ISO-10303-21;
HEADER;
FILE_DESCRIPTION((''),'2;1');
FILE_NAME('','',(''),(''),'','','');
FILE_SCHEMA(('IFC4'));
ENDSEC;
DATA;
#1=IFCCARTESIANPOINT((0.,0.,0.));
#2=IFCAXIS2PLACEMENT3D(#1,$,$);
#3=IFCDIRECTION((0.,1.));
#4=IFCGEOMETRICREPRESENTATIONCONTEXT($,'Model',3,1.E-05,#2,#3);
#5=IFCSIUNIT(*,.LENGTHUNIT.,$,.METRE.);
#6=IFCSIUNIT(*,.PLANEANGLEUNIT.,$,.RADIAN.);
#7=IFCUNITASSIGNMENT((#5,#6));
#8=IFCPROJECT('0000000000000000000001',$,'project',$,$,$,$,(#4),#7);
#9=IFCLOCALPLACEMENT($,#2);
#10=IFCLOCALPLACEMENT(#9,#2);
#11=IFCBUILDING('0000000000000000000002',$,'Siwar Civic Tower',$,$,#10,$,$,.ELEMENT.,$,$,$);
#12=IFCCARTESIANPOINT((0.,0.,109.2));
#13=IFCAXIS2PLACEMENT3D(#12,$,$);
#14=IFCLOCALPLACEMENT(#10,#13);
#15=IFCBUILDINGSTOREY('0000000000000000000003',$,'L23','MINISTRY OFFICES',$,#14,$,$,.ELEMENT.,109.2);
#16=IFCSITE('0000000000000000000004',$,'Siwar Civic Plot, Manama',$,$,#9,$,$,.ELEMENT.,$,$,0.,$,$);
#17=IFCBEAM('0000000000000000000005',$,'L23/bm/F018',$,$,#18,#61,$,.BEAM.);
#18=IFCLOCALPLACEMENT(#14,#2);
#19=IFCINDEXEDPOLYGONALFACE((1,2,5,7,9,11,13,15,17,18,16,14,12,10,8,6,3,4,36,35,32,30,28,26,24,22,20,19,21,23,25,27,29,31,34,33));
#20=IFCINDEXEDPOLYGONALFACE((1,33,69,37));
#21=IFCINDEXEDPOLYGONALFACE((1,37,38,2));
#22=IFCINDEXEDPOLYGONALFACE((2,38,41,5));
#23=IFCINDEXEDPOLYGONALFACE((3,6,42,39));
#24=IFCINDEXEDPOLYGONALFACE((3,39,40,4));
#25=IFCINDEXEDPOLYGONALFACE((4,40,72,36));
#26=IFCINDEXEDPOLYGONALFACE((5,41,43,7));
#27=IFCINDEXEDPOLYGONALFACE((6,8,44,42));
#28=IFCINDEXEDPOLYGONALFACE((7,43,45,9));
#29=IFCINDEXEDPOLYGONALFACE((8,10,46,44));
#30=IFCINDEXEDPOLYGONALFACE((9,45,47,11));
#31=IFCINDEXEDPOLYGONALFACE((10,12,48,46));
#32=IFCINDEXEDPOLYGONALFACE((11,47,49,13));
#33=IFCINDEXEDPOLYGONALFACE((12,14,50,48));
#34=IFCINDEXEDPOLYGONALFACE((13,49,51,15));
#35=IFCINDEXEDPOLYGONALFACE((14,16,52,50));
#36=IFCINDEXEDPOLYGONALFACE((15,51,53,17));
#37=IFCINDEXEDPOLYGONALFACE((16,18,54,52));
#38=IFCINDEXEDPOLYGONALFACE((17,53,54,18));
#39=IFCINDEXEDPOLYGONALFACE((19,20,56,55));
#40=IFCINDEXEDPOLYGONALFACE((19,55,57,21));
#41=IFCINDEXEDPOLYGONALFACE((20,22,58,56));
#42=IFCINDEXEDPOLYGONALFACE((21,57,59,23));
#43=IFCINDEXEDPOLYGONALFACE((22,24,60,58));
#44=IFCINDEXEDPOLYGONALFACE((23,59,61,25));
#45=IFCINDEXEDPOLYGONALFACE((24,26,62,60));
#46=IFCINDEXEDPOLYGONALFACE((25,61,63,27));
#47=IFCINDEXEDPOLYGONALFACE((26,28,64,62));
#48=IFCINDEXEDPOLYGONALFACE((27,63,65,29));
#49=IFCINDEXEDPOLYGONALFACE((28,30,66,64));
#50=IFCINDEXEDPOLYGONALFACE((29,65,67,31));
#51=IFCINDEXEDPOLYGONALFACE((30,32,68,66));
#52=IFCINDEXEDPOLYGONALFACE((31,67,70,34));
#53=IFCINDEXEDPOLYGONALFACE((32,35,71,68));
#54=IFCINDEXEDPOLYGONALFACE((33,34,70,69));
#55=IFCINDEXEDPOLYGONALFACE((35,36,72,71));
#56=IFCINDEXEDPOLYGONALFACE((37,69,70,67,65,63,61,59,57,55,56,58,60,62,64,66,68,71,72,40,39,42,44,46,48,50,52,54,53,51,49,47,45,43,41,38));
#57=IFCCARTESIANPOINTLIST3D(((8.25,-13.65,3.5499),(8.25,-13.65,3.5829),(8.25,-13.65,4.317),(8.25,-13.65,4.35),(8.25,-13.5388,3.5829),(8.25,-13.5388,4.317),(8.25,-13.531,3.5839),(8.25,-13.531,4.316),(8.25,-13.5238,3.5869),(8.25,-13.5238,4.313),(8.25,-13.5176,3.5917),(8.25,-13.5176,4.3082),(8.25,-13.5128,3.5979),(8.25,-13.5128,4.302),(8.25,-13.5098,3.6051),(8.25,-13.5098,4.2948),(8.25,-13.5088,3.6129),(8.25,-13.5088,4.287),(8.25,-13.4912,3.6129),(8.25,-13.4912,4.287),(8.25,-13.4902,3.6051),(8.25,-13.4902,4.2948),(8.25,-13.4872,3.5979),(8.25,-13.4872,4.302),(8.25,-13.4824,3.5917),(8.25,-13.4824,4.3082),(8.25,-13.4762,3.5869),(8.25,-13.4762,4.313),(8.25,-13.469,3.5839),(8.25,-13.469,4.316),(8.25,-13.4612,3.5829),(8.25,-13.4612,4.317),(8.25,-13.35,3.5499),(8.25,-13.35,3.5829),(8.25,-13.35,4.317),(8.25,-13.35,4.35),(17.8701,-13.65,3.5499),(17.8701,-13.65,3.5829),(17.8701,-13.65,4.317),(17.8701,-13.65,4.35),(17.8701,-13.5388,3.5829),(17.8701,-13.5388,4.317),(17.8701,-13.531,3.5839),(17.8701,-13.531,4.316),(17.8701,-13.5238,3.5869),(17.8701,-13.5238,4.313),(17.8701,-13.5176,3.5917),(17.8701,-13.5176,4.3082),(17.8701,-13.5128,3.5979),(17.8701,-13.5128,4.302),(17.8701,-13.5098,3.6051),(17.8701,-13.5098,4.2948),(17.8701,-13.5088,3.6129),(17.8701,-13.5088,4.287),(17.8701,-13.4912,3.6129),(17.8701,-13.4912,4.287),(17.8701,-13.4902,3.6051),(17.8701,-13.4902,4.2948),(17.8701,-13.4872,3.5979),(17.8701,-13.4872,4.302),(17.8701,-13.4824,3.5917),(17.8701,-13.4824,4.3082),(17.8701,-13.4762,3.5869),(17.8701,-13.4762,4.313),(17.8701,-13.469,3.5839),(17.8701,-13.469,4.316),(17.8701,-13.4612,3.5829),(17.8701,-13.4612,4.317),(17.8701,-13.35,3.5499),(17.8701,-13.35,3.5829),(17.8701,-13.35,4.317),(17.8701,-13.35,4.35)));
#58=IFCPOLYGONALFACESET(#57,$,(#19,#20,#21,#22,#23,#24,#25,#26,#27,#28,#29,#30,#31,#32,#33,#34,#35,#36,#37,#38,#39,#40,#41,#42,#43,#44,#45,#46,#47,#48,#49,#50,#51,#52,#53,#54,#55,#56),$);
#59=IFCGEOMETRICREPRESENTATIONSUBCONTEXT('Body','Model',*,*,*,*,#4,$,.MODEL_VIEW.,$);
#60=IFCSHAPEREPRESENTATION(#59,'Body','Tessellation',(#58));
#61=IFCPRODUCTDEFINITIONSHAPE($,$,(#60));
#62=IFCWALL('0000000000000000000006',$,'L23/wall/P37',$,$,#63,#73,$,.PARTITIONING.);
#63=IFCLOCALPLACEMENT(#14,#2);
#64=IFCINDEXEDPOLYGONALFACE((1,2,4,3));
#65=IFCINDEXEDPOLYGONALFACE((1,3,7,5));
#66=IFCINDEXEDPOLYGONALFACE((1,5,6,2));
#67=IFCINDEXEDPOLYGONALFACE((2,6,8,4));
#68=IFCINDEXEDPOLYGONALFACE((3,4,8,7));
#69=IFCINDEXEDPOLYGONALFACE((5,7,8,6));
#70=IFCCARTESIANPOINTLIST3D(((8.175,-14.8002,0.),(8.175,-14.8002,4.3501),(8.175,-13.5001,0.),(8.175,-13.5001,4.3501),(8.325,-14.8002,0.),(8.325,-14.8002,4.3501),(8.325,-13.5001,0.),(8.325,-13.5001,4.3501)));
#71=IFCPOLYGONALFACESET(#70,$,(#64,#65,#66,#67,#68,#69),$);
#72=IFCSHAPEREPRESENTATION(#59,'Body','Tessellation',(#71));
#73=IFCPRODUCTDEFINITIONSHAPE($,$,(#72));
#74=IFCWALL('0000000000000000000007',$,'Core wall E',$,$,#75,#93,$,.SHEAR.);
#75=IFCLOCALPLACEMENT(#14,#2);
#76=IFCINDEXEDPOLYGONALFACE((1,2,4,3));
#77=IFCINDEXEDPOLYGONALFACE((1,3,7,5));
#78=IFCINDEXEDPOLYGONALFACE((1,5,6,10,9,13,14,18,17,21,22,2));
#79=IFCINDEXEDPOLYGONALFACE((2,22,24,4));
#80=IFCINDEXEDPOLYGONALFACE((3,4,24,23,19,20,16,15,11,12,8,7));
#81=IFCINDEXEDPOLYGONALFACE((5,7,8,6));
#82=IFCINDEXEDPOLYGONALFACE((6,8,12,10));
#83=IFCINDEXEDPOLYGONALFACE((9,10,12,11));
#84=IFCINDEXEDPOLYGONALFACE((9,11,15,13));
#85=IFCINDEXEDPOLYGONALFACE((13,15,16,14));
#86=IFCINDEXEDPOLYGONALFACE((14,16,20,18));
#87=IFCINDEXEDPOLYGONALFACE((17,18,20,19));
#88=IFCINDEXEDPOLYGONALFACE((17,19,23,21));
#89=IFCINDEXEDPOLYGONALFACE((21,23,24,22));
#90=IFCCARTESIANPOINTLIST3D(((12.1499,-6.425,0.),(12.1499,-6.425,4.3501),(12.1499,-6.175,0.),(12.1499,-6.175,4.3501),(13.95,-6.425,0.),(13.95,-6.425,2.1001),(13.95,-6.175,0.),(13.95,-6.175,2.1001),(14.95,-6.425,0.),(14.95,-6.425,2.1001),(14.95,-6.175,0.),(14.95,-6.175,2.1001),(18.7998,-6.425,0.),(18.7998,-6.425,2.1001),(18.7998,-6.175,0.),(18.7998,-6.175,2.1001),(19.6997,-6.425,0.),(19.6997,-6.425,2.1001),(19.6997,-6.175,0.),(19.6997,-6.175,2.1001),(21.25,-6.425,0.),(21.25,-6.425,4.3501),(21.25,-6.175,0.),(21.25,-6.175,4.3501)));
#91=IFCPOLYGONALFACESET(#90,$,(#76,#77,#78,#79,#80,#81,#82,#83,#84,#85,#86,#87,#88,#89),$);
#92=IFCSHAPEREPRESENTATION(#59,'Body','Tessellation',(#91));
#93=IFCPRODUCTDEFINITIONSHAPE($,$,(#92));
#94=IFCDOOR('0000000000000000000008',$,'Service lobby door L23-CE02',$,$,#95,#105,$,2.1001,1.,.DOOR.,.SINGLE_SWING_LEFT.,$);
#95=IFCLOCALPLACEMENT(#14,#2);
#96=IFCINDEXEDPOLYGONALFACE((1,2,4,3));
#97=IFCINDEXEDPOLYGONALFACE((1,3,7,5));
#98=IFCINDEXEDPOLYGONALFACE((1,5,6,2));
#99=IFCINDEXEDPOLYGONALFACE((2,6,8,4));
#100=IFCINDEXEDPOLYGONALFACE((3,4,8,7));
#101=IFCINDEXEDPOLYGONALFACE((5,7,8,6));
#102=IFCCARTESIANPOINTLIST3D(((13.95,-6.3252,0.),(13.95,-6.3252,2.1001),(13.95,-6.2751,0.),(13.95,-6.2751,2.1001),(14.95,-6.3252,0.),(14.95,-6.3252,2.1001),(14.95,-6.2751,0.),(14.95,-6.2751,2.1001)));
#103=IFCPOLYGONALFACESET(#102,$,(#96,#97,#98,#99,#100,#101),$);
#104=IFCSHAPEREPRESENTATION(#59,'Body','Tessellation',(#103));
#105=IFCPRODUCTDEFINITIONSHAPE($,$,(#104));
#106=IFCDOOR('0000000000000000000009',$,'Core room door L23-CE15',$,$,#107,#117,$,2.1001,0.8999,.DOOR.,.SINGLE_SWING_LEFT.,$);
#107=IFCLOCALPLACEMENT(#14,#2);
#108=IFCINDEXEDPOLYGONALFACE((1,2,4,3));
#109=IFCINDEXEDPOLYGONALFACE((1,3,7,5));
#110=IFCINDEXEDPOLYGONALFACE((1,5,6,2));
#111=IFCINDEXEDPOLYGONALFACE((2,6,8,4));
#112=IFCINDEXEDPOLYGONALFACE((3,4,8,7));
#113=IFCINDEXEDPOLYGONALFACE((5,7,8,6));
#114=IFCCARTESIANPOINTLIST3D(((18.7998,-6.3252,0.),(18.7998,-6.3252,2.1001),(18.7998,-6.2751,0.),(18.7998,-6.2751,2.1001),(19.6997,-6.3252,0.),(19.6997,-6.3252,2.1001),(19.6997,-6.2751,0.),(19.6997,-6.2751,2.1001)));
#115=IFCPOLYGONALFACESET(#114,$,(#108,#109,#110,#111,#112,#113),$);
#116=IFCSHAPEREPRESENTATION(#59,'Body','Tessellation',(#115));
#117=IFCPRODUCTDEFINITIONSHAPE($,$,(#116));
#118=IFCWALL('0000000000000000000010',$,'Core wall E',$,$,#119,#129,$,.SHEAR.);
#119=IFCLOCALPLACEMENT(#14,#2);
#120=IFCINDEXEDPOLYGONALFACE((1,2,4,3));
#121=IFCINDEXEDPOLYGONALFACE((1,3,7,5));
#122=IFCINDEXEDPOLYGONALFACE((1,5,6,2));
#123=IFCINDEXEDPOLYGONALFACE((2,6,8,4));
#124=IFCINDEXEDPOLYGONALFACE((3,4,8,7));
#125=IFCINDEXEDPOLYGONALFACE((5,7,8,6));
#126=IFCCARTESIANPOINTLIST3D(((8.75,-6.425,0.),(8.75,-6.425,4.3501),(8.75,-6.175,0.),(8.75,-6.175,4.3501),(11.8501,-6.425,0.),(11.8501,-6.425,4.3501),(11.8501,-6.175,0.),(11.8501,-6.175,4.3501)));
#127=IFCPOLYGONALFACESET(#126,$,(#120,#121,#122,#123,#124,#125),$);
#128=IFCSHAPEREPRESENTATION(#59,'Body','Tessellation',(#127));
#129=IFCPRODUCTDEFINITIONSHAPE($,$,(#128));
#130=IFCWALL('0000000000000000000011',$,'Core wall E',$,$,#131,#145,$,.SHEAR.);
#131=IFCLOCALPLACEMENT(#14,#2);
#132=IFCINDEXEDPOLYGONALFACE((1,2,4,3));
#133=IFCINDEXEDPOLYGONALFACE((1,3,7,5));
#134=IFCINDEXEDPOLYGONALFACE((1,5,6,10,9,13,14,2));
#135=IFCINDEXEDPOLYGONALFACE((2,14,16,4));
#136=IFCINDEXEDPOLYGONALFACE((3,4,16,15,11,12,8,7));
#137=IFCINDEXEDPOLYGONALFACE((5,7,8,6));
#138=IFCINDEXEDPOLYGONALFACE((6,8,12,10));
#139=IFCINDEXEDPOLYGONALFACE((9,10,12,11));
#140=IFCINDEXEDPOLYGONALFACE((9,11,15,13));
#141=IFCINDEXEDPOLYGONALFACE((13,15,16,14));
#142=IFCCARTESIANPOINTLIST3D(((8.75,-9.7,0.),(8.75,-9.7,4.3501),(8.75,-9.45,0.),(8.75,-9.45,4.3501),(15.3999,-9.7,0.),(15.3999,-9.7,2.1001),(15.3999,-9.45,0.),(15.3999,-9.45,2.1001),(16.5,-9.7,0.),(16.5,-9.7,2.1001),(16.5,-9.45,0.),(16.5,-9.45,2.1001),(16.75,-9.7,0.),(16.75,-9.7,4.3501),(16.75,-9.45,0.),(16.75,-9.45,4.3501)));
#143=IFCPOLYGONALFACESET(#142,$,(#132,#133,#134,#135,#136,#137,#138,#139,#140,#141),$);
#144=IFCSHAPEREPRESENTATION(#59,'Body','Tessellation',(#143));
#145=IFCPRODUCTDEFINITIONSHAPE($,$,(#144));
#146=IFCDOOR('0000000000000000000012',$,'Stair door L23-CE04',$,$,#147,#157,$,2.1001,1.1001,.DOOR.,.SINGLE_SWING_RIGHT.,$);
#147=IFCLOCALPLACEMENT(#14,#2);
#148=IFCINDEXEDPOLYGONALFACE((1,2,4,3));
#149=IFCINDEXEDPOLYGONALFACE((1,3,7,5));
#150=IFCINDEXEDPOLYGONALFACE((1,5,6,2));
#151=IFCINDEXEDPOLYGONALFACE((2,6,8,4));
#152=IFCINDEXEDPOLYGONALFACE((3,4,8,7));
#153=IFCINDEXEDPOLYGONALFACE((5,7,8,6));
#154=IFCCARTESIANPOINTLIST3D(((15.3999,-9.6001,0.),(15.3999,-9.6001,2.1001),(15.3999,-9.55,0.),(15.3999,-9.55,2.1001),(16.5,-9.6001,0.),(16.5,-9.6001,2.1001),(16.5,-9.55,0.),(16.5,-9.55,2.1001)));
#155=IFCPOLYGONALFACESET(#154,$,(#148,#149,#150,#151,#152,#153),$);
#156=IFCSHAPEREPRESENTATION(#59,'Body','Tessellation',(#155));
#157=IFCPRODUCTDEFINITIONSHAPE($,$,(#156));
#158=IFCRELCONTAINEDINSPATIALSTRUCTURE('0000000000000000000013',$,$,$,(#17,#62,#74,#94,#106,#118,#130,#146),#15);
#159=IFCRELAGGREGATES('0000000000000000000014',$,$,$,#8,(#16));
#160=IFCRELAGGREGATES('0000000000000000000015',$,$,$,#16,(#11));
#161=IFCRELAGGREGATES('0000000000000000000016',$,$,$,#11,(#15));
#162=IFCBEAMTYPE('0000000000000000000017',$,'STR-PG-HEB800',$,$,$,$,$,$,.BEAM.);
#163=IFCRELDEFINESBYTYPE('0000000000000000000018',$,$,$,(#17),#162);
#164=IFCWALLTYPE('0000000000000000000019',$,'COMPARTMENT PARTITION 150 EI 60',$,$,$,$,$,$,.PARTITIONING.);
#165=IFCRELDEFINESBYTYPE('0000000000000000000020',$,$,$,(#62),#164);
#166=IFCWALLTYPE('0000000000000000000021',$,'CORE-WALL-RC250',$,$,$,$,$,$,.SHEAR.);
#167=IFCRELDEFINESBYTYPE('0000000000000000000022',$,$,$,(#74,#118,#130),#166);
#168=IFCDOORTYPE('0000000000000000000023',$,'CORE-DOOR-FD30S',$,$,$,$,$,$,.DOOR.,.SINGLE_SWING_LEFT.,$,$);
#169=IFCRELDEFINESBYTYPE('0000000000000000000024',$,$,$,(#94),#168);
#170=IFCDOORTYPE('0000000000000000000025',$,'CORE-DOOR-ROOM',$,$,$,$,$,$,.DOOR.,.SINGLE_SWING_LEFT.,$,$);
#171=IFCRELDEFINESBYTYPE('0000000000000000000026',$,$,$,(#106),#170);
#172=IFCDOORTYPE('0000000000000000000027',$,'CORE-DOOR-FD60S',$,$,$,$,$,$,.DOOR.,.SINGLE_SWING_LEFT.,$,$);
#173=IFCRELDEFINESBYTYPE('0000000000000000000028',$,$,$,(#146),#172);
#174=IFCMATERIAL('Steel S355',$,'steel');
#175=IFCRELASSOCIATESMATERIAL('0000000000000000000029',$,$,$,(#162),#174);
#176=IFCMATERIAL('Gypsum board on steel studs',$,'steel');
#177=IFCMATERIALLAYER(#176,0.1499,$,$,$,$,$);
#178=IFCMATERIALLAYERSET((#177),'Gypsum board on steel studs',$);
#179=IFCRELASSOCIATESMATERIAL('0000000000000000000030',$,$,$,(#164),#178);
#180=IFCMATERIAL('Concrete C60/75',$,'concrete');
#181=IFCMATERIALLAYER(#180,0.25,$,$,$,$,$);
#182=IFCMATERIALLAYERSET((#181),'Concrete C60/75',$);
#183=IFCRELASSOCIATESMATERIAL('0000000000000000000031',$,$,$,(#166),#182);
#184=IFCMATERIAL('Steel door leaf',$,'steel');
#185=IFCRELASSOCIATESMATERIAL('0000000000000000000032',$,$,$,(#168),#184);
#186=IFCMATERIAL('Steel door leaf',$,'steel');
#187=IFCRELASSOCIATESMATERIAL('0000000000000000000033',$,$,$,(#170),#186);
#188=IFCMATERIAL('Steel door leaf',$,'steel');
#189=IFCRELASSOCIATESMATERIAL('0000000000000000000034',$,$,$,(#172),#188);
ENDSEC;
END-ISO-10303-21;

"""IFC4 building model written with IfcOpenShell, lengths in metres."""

from ifc_helpers import new_model, si_unit, direction, frame, frame_2d, origin, origin_2d, place, context, subcontext, project, spatial, rectangle, i_section, extrude, material, layer, layer_set, material_profile, profile_set, type_object, element, fill, save


model = new_model("IFC4")

# Units and contexts
model_context = context("Model", 3, precision=1e-05, world=origin(), true_north=direction((0.0, 1.0)))
body_context = subcontext(model_context, "Body", "Model", "MODEL_VIEW")
ifc_project = project(units=[si_unit("LENGTHUNIT", "METRE"), si_unit("PLANEANGLEUNIT", "RADIAN")], contexts=[model_context])

# Site, building, storey
site_placement = place(None, origin())
site = spatial("IfcSite", under=ifc_project, at=site_placement, Name="Siwar Civic Plot, Manama", CompositionType="ELEMENT", RefElevation=0.0)
building_placement = place(site_placement, origin())
building = spatial("IfcBuilding", under=site, at=building_placement, Name="Siwar Civic Tower", CompositionType="ELEMENT")
storey_placement = place(building_placement, frame((0.0, 0.0, 109.2)))
storey = spatial("IfcBuildingStorey", under=building, at=storey_placement, Name="L23", Description="MINISTRY OFFICES", CompositionType="ELEMENT", Elevation=109.2)

# Beam
ifc_material_1 = material(Name="Steel S355", Category="steel")
ifc_material_profile = material_profile(ifc_material_1, i_section(OverallWidth=0.3, OverallDepth=0.8, WebThickness=0.0176, FlangeThickness=0.033, FilletRadius=0.03, at=origin_2d()), Name="HEB800")
ifc_profile_set = profile_set([ifc_material_profile], Name="Steel S355")
beam_type = type_object("IfcBeamType", Name="STR-PG-HEB800", PredefinedType="BEAM", material=ifc_profile_set)
beam_placement = place(storey_placement, frame((8.25, -13.5, 3.95), z_axis=(1.0, 0.0, 0.0), x_axis=(0.0, 1.0, 0.0)))
element("IfcBeam", 1, at=beam_placement, inside=storey, type_object=beam_type, Name="L23/bm/F018", PredefinedType="BEAM", context=body_context, shape_type="SweptSolid", body=[
    extrude(i_section(OverallWidth=0.3, OverallDepth=0.8, WebThickness=0.0176, FlangeThickness=0.033, FilletRadius=0.03, at=origin_2d()), origin(), (0.0, 0.0, 1.0), 9.6201),
])

# Wall
ifc_material_2 = material(Name="Gypsum board on steel studs", Category="steel")
ifc_layer_1 = layer(ifc_material_2, 0.1499)
ifc_layer_set_1 = layer_set([ifc_layer_1], Name="Gypsum board on steel studs")
wall_type_1 = type_object("IfcWallType", Name="COMPARTMENT PARTITION 150 EI 60", PredefinedType="PARTITIONING", material=ifc_layer_set_1)
wall_1_placement = place(storey_placement, frame((8.25, -14.8, 0.0), z_axis=(0.0, 0.0, 1.0), x_axis=(0.0, 1.0, 0.0)))
element("IfcWall", 2, at=wall_1_placement, inside=storey, type_object=wall_type_1, Name="L23/wall/P37", PredefinedType="PARTITIONING", context=body_context, shape_type="SweptSolid", body=[
    extrude(rectangle(XDim=1.3, YDim=0.1499, at=frame_2d((0.6499, 0.0))), origin(), (0.0, 0.0, 1.0), 4.3501),
])

# Wall, openings, doors
ifc_material_3 = material(Name="Concrete C60/75", Category="concrete")
ifc_layer_2 = layer(ifc_material_3, 0.25)
ifc_layer_set_2 = layer_set([ifc_layer_2], Name="Concrete C60/75")
wall_type_2 = type_object("IfcWallType", Name="CORE-WALL-RC250", PredefinedType="SHEAR", material=ifc_layer_set_2)
wall_2_placement = place(storey_placement, frame((12.1499, -6.3, 0.0), z_axis=(0.0, 0.0, 1.0), x_axis=(1.0, 0.0, 0.0)))
wall_2 = element("IfcWall", 3, at=wall_2_placement, inside=storey, type_object=wall_type_2, Name="Core wall E", PredefinedType="SHEAR", context=body_context, shape_type="SweptSolid", body=[
    extrude(rectangle(XDim=9.1001, YDim=0.25, at=frame_2d((4.55, 0.0))), origin(), (0.0, 0.0, 1.0), 4.3501),
])
opening_1_placement = place(wall_2_placement, frame((1.8, 0.0, 0.0)))
opening_1 = element("IfcOpeningElement", 4, at=opening_1_placement, cuts=wall_2, PredefinedType="OPENING", context=body_context, shape_type="SweptSolid", body=[
    extrude(rectangle(XDim=1.0, YDim=2.1001, at=frame_2d((0.5, 1.05))), frame((0.0, 0.135, 0.0), z_axis=(0.0, -1.0, 0.0), x_axis=(1.0, 0.0, 0.0)), (0.0, 0.0, 1.0), 0.27),
])
opening_2_placement = place(wall_2_placement, frame((6.6499, 0.0, 0.0)))
opening_2 = element("IfcOpeningElement", 5, at=opening_2_placement, cuts=wall_2, PredefinedType="OPENING", context=body_context, shape_type="SweptSolid", body=[
    extrude(rectangle(XDim=0.8999, YDim=2.1001, at=frame_2d((0.45, 1.05))), frame((0.0, 0.135, 0.0), z_axis=(0.0, -1.0, 0.0), x_axis=(1.0, 0.0, 0.0)), (0.0, 0.0, 1.0), 0.27),
])
ifc_material_4 = material(Name="Steel door leaf", Category="steel")
door_type_1 = type_object("IfcDoorType", Name="CORE-DOOR-FD30S", OperationType="SINGLE_SWING_LEFT", PredefinedType="DOOR", material=ifc_material_4)
door_1_placement = place(opening_1_placement, origin())
door_1 = element("IfcDoor", 6, at=door_1_placement, inside=storey, type_object=door_type_1, Name="Service lobby door L23-CE02", OperationType="SINGLE_SWING_LEFT", OverallHeight=2.1001, OverallWidth=1.0, PredefinedType="DOOR", context=body_context, shape_type="SweptSolid", body=[
    extrude(rectangle(XDim=1.0, YDim=2.1001, at=frame_2d((0.5, 1.05))), frame((0.0, 0.0249, 0.0), z_axis=(0.0, -1.0, 0.0), x_axis=(1.0, 0.0, 0.0)), (0.0, 0.0, 1.0), 0.05),
])
fill(opening_1, door_1)
ifc_material_5 = material(Name="Steel door leaf", Category="steel")
door_type_2 = type_object("IfcDoorType", Name="CORE-DOOR-ROOM", OperationType="SINGLE_SWING_LEFT", PredefinedType="DOOR", material=ifc_material_5)
door_2_placement = place(opening_2_placement, origin())
door_2 = element("IfcDoor", 7, at=door_2_placement, inside=storey, type_object=door_type_2, Name="Core room door L23-CE15", OperationType="SINGLE_SWING_LEFT", OverallHeight=2.1001, OverallWidth=0.8999, PredefinedType="DOOR", context=body_context, shape_type="SweptSolid", body=[
    extrude(rectangle(XDim=0.8999, YDim=2.1001, at=frame_2d((0.45, 1.05))), frame((0.0, 0.0249, 0.0), z_axis=(0.0, -1.0, 0.0), x_axis=(1.0, 0.0, 0.0)), (0.0, 0.0, 1.0), 0.05),
])
fill(opening_2, door_2)

# Wall
wall_3_placement = place(storey_placement, frame((8.75, -6.3, 0.0), z_axis=(0.0, 0.0, 1.0), x_axis=(1.0, 0.0, 0.0)))
element("IfcWall", 8, at=wall_3_placement, inside=storey, type_object=wall_type_2, Name="Core wall E", PredefinedType="SHEAR", context=body_context, shape_type="SweptSolid", body=[
    extrude(rectangle(XDim=3.1001, YDim=0.25, at=frame_2d((1.55, 0.0))), origin(), (0.0, 0.0, 1.0), 4.3501),
])

# Wall, opening, door
wall_4_placement = place(storey_placement, frame((8.75, -9.575, 0.0), z_axis=(0.0, 0.0, 1.0), x_axis=(1.0, 0.0, 0.0)))
wall_4 = element("IfcWall", 9, at=wall_4_placement, inside=storey, type_object=wall_type_2, Name="Core wall E", PredefinedType="SHEAR", context=body_context, shape_type="SweptSolid", body=[
    extrude(rectangle(XDim=8.0, YDim=0.25, at=frame_2d((4.0, 0.0))), origin(), (0.0, 0.0, 1.0), 4.3501),
])
opening_3_placement = place(wall_4_placement, frame((6.6499, 0.0, 0.0)))
opening_3 = element("IfcOpeningElement", 10, at=opening_3_placement, cuts=wall_4, PredefinedType="OPENING", context=body_context, shape_type="SweptSolid", body=[
    extrude(rectangle(XDim=1.1001, YDim=2.1001, at=frame_2d((0.55, 1.05))), frame((0.0, 0.135, 0.0), z_axis=(0.0, -1.0, 0.0), x_axis=(1.0, 0.0, 0.0)), (0.0, 0.0, 1.0), 0.27),
])
ifc_material_6 = material(Name="Steel door leaf", Category="steel")
door_type_3 = type_object("IfcDoorType", Name="CORE-DOOR-FD60S", OperationType="SINGLE_SWING_LEFT", PredefinedType="DOOR", material=ifc_material_6)
door_3_placement = place(opening_3_placement, origin())
door_3 = element("IfcDoor", 11, at=door_3_placement, inside=storey, type_object=door_type_3, Name="Stair door L23-CE04", OperationType="SINGLE_SWING_RIGHT", OverallHeight=2.1001, OverallWidth=1.1001, PredefinedType="DOOR", context=body_context, shape_type="SweptSolid", body=[
    extrude(rectangle(XDim=1.1001, YDim=2.1001, at=frame_2d((0.55, 1.05))), frame((0.0, 0.0249, 0.0), z_axis=(0.0, -1.0, 0.0), x_axis=(1.0, 0.0, 0.0)), (0.0, 0.0, 1.0), 0.05),
])
fill(opening_3, door_3)

save(model, "model.ifc")
